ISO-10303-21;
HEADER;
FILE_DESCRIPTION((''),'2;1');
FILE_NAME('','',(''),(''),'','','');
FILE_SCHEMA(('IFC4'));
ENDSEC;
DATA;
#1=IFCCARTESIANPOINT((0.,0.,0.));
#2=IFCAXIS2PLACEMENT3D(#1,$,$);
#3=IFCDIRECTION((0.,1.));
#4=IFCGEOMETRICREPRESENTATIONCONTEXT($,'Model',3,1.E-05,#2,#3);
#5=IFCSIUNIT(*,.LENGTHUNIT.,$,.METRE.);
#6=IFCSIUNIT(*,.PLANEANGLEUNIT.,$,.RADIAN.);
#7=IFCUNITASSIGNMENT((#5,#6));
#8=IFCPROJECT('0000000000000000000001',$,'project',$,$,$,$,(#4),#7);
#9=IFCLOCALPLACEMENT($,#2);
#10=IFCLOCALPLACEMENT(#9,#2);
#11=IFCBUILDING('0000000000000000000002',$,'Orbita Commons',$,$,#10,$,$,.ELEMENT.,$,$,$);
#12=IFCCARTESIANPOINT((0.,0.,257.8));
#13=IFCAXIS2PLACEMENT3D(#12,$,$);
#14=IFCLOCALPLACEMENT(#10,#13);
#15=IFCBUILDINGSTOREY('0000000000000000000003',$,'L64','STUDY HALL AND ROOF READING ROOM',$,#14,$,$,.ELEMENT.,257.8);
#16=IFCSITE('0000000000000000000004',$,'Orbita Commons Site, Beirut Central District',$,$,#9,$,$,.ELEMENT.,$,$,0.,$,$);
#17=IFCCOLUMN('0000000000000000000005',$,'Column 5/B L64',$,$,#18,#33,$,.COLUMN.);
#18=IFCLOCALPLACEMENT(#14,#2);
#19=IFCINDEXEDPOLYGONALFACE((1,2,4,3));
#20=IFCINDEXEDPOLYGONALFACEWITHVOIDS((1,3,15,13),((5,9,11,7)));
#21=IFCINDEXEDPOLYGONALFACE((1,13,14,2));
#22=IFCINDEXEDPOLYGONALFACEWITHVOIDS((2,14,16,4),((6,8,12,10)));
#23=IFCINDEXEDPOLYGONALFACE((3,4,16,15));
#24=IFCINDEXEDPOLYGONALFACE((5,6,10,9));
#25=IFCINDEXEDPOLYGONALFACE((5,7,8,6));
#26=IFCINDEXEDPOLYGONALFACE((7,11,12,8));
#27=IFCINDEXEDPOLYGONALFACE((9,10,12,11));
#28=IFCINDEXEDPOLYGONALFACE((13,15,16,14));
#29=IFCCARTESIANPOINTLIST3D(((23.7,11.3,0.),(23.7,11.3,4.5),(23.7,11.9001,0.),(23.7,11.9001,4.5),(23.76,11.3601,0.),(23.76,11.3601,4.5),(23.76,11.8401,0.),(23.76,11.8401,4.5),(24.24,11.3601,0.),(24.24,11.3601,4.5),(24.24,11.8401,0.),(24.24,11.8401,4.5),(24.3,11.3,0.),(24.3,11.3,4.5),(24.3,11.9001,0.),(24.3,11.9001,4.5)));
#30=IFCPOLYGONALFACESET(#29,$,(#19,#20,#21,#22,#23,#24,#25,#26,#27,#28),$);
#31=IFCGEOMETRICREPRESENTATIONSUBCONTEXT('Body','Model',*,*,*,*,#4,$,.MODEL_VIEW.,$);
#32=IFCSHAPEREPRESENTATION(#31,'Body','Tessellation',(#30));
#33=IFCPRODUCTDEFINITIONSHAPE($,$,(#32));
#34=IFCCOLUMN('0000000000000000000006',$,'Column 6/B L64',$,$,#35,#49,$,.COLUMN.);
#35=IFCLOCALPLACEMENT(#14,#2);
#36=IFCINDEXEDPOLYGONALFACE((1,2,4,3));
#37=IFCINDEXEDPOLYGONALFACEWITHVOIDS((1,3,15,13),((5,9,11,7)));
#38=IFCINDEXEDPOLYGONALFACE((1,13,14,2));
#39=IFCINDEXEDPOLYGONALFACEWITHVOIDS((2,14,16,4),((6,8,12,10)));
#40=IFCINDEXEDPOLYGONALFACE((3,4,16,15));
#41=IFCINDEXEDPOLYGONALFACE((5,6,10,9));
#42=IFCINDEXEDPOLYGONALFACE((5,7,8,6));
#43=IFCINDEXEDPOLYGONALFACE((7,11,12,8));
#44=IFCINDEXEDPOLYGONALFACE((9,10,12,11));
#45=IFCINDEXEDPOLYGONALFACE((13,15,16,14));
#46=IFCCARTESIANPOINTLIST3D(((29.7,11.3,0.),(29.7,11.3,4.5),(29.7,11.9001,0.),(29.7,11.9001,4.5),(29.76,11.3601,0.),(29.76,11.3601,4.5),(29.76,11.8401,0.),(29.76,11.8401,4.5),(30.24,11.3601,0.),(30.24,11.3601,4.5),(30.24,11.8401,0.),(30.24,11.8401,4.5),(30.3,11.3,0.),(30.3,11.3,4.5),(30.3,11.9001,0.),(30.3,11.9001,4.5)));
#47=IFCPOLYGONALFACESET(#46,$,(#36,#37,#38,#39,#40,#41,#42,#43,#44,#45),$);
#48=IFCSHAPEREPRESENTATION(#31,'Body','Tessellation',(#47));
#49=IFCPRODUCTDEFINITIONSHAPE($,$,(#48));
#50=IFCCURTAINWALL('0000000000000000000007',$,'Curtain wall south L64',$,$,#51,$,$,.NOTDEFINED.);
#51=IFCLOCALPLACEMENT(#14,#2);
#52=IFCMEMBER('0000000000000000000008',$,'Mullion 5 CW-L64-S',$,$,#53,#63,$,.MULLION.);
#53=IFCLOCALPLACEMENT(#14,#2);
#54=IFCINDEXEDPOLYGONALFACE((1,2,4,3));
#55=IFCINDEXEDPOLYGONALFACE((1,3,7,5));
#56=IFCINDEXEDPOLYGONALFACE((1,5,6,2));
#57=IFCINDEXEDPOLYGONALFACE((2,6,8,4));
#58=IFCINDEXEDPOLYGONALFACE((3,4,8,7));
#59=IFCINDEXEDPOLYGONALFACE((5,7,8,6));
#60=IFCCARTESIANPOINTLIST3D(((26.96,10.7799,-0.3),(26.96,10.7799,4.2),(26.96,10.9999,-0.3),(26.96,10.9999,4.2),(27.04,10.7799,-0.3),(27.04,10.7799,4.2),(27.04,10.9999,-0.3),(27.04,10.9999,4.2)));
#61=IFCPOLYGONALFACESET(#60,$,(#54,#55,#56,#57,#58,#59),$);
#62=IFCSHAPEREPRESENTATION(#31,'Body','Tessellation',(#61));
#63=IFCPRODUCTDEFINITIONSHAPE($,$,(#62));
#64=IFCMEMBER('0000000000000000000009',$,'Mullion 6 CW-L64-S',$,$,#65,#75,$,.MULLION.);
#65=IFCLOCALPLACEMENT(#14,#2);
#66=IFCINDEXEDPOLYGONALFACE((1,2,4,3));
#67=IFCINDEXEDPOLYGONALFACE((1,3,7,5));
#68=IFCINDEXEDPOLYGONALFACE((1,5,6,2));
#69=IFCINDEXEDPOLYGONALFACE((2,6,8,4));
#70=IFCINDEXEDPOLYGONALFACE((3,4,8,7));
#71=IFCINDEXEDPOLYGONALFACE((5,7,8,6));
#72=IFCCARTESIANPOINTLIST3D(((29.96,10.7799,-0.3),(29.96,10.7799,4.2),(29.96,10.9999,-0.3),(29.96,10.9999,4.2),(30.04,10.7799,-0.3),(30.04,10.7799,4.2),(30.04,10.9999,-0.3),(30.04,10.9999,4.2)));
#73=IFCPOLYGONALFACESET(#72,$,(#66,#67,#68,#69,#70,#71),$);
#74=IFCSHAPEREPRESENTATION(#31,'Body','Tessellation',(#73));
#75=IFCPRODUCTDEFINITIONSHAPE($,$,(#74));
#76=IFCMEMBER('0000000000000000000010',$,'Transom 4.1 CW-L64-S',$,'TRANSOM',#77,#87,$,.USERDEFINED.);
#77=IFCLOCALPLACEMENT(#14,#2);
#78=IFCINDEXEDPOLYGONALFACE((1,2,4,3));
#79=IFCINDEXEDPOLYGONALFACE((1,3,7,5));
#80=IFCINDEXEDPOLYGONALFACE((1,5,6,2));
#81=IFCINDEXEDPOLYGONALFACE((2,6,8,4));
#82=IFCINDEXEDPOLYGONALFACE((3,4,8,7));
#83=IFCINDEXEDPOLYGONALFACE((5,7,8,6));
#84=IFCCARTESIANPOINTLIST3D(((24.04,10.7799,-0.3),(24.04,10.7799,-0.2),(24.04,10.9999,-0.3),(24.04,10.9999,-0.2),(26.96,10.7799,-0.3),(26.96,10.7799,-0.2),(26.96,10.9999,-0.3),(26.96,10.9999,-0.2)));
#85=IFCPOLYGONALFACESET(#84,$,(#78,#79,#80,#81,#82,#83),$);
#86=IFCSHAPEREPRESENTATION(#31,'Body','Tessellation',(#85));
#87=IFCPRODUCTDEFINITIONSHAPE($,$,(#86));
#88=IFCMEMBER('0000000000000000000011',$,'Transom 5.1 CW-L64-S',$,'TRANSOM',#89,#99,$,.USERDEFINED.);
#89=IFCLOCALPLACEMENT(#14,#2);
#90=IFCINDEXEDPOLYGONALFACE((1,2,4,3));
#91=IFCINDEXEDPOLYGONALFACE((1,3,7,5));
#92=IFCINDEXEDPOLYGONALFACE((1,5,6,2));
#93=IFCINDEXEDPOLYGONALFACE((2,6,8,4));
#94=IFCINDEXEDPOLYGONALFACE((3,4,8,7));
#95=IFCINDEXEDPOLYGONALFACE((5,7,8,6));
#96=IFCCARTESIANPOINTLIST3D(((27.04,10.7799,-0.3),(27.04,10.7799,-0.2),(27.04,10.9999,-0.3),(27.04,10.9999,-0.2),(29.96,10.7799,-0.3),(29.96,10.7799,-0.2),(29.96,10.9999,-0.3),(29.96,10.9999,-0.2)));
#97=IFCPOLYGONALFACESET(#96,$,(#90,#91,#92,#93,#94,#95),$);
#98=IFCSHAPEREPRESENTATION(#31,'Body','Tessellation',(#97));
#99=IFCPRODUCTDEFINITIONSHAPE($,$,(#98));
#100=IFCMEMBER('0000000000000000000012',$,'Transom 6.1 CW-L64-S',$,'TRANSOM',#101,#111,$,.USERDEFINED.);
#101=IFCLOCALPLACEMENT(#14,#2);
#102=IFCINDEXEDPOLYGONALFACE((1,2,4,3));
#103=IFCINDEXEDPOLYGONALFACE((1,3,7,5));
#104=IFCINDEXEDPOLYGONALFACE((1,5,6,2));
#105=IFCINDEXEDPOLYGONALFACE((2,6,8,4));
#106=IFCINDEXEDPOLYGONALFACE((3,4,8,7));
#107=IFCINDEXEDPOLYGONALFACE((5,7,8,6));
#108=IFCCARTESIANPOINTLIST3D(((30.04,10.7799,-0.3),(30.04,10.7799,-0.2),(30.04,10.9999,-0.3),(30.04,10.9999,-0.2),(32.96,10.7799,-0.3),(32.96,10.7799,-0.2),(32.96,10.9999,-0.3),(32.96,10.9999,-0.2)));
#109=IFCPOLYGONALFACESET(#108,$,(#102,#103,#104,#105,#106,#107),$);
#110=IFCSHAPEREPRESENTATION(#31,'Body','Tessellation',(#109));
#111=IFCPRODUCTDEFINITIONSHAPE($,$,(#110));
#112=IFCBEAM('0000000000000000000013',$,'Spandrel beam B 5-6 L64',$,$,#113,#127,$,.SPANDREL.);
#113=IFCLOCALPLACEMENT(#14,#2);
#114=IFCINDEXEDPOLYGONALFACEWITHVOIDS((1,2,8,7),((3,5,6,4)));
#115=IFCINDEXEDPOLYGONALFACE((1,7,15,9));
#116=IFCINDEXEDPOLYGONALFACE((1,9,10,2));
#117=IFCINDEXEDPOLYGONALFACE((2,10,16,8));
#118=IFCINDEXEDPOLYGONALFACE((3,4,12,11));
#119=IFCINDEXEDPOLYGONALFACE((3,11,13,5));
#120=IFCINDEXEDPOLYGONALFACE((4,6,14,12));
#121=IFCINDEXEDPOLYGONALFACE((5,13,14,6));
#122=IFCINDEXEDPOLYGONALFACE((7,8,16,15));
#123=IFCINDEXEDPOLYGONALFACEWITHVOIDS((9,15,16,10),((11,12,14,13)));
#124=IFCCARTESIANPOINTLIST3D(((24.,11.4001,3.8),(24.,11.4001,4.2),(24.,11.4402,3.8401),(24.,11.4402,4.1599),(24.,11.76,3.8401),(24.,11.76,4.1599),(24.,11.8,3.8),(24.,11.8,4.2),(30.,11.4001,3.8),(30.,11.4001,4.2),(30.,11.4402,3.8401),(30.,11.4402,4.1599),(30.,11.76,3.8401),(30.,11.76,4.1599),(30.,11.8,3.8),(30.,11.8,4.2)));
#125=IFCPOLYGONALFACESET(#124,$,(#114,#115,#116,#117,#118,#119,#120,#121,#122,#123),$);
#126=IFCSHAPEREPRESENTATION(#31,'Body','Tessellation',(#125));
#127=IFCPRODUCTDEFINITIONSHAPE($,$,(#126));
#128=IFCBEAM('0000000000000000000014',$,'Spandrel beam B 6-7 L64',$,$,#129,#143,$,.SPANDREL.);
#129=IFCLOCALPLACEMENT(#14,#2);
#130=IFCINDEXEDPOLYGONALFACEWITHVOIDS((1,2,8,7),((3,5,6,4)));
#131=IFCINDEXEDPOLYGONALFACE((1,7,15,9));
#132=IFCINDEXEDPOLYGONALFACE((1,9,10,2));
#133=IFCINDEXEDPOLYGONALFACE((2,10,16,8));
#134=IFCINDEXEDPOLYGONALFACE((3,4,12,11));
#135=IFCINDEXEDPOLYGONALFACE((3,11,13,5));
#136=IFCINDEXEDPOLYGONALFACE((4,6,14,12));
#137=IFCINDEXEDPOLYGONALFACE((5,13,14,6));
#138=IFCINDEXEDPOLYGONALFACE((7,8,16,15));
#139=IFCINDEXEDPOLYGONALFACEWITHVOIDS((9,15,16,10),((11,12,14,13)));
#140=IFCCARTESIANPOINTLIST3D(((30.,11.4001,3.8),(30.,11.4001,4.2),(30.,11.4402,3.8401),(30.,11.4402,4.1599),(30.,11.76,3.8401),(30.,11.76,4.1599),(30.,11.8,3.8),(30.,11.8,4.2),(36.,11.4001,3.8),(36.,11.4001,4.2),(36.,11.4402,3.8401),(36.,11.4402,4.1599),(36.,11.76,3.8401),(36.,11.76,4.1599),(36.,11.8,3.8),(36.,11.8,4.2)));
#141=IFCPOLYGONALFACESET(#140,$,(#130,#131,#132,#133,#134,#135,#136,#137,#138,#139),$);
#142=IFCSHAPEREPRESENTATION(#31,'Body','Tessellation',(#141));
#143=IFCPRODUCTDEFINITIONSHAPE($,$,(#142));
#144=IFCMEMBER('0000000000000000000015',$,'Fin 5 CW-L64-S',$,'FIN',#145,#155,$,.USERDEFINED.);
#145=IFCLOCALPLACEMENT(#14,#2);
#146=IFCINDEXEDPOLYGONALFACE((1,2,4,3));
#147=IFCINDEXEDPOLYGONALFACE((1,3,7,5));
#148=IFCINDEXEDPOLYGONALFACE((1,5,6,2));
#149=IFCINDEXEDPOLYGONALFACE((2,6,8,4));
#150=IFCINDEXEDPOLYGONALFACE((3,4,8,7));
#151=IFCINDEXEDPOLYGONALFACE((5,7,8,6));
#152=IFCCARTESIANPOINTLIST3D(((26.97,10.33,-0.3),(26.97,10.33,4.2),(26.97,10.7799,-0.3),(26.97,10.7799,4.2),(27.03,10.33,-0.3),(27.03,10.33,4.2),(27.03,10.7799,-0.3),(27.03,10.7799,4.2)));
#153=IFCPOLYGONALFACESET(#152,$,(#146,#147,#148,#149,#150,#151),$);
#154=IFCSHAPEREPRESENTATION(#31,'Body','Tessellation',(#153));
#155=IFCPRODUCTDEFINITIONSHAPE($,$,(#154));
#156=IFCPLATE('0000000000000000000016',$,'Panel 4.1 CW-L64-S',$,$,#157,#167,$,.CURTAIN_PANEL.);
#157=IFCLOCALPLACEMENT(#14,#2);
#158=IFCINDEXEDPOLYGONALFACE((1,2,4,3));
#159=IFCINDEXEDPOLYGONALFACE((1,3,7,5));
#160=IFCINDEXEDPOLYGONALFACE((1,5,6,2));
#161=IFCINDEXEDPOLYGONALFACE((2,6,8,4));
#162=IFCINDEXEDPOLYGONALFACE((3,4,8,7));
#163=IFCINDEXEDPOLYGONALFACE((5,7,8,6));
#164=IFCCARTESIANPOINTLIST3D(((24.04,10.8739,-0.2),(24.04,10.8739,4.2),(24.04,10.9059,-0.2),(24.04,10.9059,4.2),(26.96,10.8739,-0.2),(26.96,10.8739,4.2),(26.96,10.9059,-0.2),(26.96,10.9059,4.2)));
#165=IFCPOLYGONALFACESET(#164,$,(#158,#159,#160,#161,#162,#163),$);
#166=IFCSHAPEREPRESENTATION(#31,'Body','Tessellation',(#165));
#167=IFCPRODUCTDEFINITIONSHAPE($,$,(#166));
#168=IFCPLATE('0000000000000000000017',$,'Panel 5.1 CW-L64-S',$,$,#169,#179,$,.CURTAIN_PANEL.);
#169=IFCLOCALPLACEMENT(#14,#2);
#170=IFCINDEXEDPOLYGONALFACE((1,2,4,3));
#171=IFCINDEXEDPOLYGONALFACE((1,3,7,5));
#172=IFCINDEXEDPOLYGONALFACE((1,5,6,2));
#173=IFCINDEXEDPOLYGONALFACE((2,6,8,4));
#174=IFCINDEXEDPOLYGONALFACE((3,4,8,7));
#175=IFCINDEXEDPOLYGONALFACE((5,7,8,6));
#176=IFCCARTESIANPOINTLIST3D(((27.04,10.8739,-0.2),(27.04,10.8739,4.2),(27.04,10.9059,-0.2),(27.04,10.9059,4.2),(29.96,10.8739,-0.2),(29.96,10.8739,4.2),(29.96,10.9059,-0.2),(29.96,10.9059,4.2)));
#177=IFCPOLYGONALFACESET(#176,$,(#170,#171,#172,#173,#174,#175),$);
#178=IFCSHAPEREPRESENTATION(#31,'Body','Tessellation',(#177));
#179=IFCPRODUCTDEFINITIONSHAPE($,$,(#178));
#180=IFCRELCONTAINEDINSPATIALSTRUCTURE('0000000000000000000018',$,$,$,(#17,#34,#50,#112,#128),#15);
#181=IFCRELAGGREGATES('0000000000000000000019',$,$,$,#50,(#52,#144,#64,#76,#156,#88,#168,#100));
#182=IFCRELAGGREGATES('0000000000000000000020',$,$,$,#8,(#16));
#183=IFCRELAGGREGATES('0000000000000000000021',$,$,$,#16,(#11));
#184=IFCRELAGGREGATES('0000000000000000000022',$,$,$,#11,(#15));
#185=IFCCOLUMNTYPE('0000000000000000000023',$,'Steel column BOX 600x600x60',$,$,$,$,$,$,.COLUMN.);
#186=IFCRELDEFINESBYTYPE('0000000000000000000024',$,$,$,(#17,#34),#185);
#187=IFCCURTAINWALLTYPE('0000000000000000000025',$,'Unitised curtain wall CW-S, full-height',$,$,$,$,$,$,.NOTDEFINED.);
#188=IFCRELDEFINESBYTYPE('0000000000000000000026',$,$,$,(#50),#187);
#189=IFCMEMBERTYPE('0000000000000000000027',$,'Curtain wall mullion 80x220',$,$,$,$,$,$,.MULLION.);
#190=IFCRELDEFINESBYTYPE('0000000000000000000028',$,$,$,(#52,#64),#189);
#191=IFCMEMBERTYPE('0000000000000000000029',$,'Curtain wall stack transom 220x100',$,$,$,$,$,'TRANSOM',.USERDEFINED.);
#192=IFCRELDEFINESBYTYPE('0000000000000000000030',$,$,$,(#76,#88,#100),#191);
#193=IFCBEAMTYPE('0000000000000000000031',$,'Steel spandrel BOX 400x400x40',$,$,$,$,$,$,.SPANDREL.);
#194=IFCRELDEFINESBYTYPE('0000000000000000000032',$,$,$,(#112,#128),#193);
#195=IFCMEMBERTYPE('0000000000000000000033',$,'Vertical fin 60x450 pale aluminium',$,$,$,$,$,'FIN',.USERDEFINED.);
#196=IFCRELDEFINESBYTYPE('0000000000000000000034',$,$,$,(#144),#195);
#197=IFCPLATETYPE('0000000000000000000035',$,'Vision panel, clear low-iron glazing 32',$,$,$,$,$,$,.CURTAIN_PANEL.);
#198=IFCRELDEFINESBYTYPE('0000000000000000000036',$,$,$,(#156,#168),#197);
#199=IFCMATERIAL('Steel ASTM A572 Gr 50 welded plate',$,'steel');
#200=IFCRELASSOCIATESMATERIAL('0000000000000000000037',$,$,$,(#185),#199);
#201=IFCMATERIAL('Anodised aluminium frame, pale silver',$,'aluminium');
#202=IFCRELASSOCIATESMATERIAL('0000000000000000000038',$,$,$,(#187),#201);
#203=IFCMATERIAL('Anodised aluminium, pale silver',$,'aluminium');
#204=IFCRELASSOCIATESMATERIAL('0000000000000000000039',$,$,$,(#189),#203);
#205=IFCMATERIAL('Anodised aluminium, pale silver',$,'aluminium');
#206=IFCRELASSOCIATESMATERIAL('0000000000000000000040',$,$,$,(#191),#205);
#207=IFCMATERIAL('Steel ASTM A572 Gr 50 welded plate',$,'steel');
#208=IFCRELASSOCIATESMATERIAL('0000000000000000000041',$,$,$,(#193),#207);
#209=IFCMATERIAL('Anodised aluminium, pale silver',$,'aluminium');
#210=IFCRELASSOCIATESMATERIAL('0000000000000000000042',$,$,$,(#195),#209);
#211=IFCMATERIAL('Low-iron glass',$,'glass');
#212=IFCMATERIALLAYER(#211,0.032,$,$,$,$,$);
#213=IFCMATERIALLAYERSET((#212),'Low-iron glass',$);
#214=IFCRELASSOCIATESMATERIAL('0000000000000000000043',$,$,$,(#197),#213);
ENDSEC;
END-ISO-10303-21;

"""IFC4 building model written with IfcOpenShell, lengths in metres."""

from ifc_helpers import new_model, si_unit, direction, frame, origin, origin_2d, place, context, subcontext, project, spatial, rectangle, hollow_rectangle, extrude, material, layer, layer_set, material_profile, profile_set, type_object, element, aggregate, save


model = new_model("IFC4")

# Units and contexts
model_context = context("Model", 3, precision=1e-05, world=origin(), true_north=direction((0.0, 1.0)))
body_context = subcontext(model_context, "Body", "Model", "MODEL_VIEW")
ifc_project = project(units=[si_unit("LENGTHUNIT", "METRE"), si_unit("PLANEANGLEUNIT", "RADIAN")], contexts=[model_context])

# Site, building, storey
site_placement = place(None, origin())
site = spatial("IfcSite", under=ifc_project, at=site_placement, Name="Orbita Commons Site, Beirut Central District", CompositionType="ELEMENT", RefElevation=0.0)
building_placement = place(site_placement, origin())
building = spatial("IfcBuilding", under=site, at=building_placement, Name="Orbita Commons", CompositionType="ELEMENT")
storey_placement = place(building_placement, frame((0.0, 0.0, 257.8)))
storey = spatial("IfcBuildingStorey", under=building, at=storey_placement, Name="L64", Description="STUDY HALL AND ROOF READING ROOM", CompositionType="ELEMENT", Elevation=257.8)

# Columns
ifc_material_1 = material(Name="Steel ASTM A572 Gr 50 welded plate", Category="steel")
ifc_material_profile_1 = material_profile(ifc_material_1, hollow_rectangle(XDim=0.6001, YDim=0.6001, WallThickness=0.0601, at=origin_2d()), Name="BOX 600x600x60")
ifc_profile_set_1 = profile_set([ifc_material_profile_1], Name="Steel ASTM A572 Gr 50 welded plate")
column_type = type_object("IfcColumnType", Name="Steel column BOX 600x600x60", PredefinedType="COLUMN", material=ifc_profile_set_1)
for number, where, z_axis, x_axis, name in (
    (1, (24.0, 11.6001, 0.0), (0.0, 0.0, 1.0), (1.0, 0.0, 0.0), "Column 5/B L64"),
    (2, (30.0, 11.6001, 0.0), (0.0, 0.0, 1.0), (1.0, 0.0, 0.0), "Column 6/B L64"),
):
    element("IfcColumn", number, at=place(storey_placement, frame(where, z_axis=z_axis, x_axis=x_axis)), inside=storey, type_object=column_type, Name=name, PredefinedType="COLUMN", context=body_context, shape_type="SweptSolid", body=[
        extrude(hollow_rectangle(XDim=0.6001, YDim=0.6001, WallThickness=0.0601, at=origin_2d()), origin(), (0.0, 0.0, 1.0), 4.5),
    ])

# Curtain wall, members
ifc_material_2 = material(Name="Anodised aluminium frame, pale silver", Category="aluminium")
curtain_wall_type = type_object("IfcCurtainWallType", Name="Unitised curtain wall CW-S, full-height", PredefinedType="NOTDEFINED", material=ifc_material_2)
curtain_wall_placement = place(storey_placement, origin())
curtain_wall = element("IfcCurtainWall", 3, at=curtain_wall_placement, inside=storey, type_object=curtain_wall_type, Name="Curtain wall south L64", PredefinedType="NOTDEFINED")
ifc_material_3 = material(Name="Anodised aluminium, pale silver", Category="aluminium")
ifc_material_profile_2 = material_profile(ifc_material_3, rectangle(XDim=0.0801, YDim=0.22, at=origin_2d()), Name="AL 80x220")
ifc_profile_set_2 = profile_set([ifc_material_profile_2], Name="Anodised aluminium, pale silver")
member_type_1 = type_object("IfcMemberType", Name="Curtain wall mullion 80x220", PredefinedType="MULLION", material=ifc_profile_set_2)
member_1_placement = place(storey_placement, frame((27.0, 10.8899, -0.3), z_axis=(0.0, 0.0, 1.0), x_axis=(1.0, 0.0, 0.0)))
member_1 = element("IfcMember", 4, at=member_1_placement, type_object=member_type_1, Name="Mullion 5 CW-L64-S", PredefinedType="MULLION", context=body_context, shape_type="SweptSolid", body=[
    extrude(rectangle(XDim=0.0801, YDim=0.22, at=origin_2d()), origin(), (0.0, 0.0, 1.0), 4.5),
])
member_2_placement = place(storey_placement, frame((30.0, 10.8899, -0.3), z_axis=(0.0, 0.0, 1.0), x_axis=(1.0, 0.0, 0.0)))
member_2 = element("IfcMember", 5, at=member_2_placement, type_object=member_type_1, Name="Mullion 6 CW-L64-S", PredefinedType="MULLION", context=body_context, shape_type="SweptSolid", body=[
    extrude(rectangle(XDim=0.0801, YDim=0.22, at=origin_2d()), origin(), (0.0, 0.0, 1.0), 4.5),
])
ifc_material_4 = material(Name="Anodised aluminium, pale silver", Category="aluminium")
ifc_material_profile_3 = material_profile(ifc_material_4, rectangle(XDim=0.22, YDim=0.1001, at=origin_2d()), Name="AL 220x100")
ifc_profile_set_3 = profile_set([ifc_material_profile_3], Name="Anodised aluminium, pale silver")
member_type_2 = type_object("IfcMemberType", Name="Curtain wall stack transom 220x100", ElementType="TRANSOM", PredefinedType="USERDEFINED", material=ifc_profile_set_3)
member_3_placement = place(storey_placement, frame((24.04, 10.8899, -0.25), z_axis=(1.0, 0.0, 0.0), x_axis=(0.0, 1.0, 0.0)))
member_3 = element("IfcMember", 6, at=member_3_placement, type_object=member_type_2, Name="Transom 4.1 CW-L64-S", ObjectType="TRANSOM", PredefinedType="USERDEFINED", context=body_context, shape_type="SweptSolid", body=[
    extrude(rectangle(XDim=0.22, YDim=0.1001, at=origin_2d()), origin(), (0.0, 0.0, 1.0), 2.9199),
])
member_4_placement = place(storey_placement, frame((27.04, 10.8899, -0.25), z_axis=(1.0, 0.0, 0.0), x_axis=(0.0, 1.0, 0.0)))
member_4 = element("IfcMember", 7, at=member_4_placement, type_object=member_type_2, Name="Transom 5.1 CW-L64-S", ObjectType="TRANSOM", PredefinedType="USERDEFINED", context=body_context, shape_type="SweptSolid", body=[
    extrude(rectangle(XDim=0.22, YDim=0.1001, at=origin_2d()), origin(), (0.0, 0.0, 1.0), 2.9199),
])
member_5_placement = place(storey_placement, frame((30.04, 10.8899, -0.25), z_axis=(1.0, 0.0, 0.0), x_axis=(0.0, 1.0, 0.0)))
member_5 = element("IfcMember", 8, at=member_5_placement, type_object=member_type_2, Name="Transom 6.1 CW-L64-S", ObjectType="TRANSOM", PredefinedType="USERDEFINED", context=body_context, shape_type="SweptSolid", body=[
    extrude(rectangle(XDim=0.22, YDim=0.1001, at=origin_2d()), origin(), (0.0, 0.0, 1.0), 2.9199),
])

# Beams
ifc_material_5 = material(Name="Steel ASTM A572 Gr 50 welded plate", Category="steel")
ifc_material_profile_4 = material_profile(ifc_material_5, hollow_rectangle(XDim=0.3999, YDim=0.3999, WallThickness=0.04, at=origin_2d()), Name="BOX 400x400x40")
ifc_profile_set_4 = profile_set([ifc_material_profile_4], Name="Steel ASTM A572 Gr 50 welded plate")
beam_type = type_object("IfcBeamType", Name="Steel spandrel BOX 400x400x40", PredefinedType="SPANDREL", material=ifc_profile_set_4)
for number, where, z_axis, x_axis, name in (
    (9, (24.0, 11.6001, 4.0), (1.0, 0.0, 0.0), (0.0, 1.0, 0.0), "Spandrel beam B 5-6 L64"),
    (10, (30.0, 11.6001, 4.0), (1.0, 0.0, 0.0), (0.0, 1.0, 0.0), "Spandrel beam B 6-7 L64"),
):
    element("IfcBeam", number, at=place(storey_placement, frame(where, z_axis=z_axis, x_axis=x_axis)), inside=storey, type_object=beam_type, Name=name, PredefinedType="SPANDREL", context=body_context, shape_type="SweptSolid", body=[
        extrude(hollow_rectangle(XDim=0.3999, YDim=0.3999, WallThickness=0.04, at=origin_2d()), origin(), (0.0, 0.0, 1.0), 6.0),
    ])

# Member
ifc_material_6 = material(Name="Anodised aluminium, pale silver", Category="aluminium")
ifc_material_profile_5 = material_profile(ifc_material_6, rectangle(XDim=0.0601, YDim=0.45, at=origin_2d()), Name="FIN 60x450")
ifc_profile_set_5 = profile_set([ifc_material_profile_5], Name="Anodised aluminium, pale silver")
member_type_3 = type_object("IfcMemberType", Name="Vertical fin 60x450 pale aluminium", ElementType="FIN", PredefinedType="USERDEFINED", material=ifc_profile_set_5)
member_6_placement = place(storey_placement, frame((27.0, 10.5549, -0.3), z_axis=(0.0, 0.0, 1.0), x_axis=(1.0, 0.0, 0.0)))
member_6 = element("IfcMember", 11, at=member_6_placement, type_object=member_type_3, Name="Fin 5 CW-L64-S", ObjectType="FIN", PredefinedType="USERDEFINED", context=body_context, shape_type="SweptSolid", body=[
    extrude(rectangle(XDim=0.0601, YDim=0.45, at=origin_2d()), origin(), (0.0, 0.0, 1.0), 4.5),
])

# Plates
ifc_material_7 = material(Name="Low-iron glass", Category="glass")
ifc_layer_1 = layer(ifc_material_7, 0.032)
ifc_layer_set_1 = layer_set([ifc_layer_1], Name="Low-iron glass")
plate_type = type_object("IfcPlateType", Name="Vision panel, clear low-iron glazing 32", PredefinedType="CURTAIN_PANEL", material=ifc_layer_set_1)
plate_1_placement = place(storey_placement, frame((25.5, 10.8899, -0.2), z_axis=(0.0, 0.0, 1.0), x_axis=(1.0, 0.0, 0.0)))
plate_1 = element("IfcPlate", 12, at=plate_1_placement, type_object=plate_type, Name="Panel 4.1 CW-L64-S", PredefinedType="CURTAIN_PANEL", context=body_context, shape_type="SweptSolid", body=[
    extrude(rectangle(XDim=2.9199, YDim=0.032, at=origin_2d()), origin(), (0.0, 0.0, 1.0), 4.3999),
])
plate_2_placement = place(storey_placement, frame((28.5, 10.8899, -0.2), z_axis=(0.0, 0.0, 1.0), x_axis=(1.0, 0.0, 0.0)))
plate_2 = element("IfcPlate", 13, at=plate_2_placement, type_object=plate_type, Name="Panel 5.1 CW-L64-S", PredefinedType="CURTAIN_PANEL", context=body_context, shape_type="SweptSolid", body=[
    extrude(rectangle(XDim=2.9199, YDim=0.032, at=origin_2d()), origin(), (0.0, 0.0, 1.0), 4.3999),
])
aggregate(curtain_wall, [member_1, member_6, member_2, member_3, plate_1, member_4, plate_2, member_5])

save(model, "model.ifc")
